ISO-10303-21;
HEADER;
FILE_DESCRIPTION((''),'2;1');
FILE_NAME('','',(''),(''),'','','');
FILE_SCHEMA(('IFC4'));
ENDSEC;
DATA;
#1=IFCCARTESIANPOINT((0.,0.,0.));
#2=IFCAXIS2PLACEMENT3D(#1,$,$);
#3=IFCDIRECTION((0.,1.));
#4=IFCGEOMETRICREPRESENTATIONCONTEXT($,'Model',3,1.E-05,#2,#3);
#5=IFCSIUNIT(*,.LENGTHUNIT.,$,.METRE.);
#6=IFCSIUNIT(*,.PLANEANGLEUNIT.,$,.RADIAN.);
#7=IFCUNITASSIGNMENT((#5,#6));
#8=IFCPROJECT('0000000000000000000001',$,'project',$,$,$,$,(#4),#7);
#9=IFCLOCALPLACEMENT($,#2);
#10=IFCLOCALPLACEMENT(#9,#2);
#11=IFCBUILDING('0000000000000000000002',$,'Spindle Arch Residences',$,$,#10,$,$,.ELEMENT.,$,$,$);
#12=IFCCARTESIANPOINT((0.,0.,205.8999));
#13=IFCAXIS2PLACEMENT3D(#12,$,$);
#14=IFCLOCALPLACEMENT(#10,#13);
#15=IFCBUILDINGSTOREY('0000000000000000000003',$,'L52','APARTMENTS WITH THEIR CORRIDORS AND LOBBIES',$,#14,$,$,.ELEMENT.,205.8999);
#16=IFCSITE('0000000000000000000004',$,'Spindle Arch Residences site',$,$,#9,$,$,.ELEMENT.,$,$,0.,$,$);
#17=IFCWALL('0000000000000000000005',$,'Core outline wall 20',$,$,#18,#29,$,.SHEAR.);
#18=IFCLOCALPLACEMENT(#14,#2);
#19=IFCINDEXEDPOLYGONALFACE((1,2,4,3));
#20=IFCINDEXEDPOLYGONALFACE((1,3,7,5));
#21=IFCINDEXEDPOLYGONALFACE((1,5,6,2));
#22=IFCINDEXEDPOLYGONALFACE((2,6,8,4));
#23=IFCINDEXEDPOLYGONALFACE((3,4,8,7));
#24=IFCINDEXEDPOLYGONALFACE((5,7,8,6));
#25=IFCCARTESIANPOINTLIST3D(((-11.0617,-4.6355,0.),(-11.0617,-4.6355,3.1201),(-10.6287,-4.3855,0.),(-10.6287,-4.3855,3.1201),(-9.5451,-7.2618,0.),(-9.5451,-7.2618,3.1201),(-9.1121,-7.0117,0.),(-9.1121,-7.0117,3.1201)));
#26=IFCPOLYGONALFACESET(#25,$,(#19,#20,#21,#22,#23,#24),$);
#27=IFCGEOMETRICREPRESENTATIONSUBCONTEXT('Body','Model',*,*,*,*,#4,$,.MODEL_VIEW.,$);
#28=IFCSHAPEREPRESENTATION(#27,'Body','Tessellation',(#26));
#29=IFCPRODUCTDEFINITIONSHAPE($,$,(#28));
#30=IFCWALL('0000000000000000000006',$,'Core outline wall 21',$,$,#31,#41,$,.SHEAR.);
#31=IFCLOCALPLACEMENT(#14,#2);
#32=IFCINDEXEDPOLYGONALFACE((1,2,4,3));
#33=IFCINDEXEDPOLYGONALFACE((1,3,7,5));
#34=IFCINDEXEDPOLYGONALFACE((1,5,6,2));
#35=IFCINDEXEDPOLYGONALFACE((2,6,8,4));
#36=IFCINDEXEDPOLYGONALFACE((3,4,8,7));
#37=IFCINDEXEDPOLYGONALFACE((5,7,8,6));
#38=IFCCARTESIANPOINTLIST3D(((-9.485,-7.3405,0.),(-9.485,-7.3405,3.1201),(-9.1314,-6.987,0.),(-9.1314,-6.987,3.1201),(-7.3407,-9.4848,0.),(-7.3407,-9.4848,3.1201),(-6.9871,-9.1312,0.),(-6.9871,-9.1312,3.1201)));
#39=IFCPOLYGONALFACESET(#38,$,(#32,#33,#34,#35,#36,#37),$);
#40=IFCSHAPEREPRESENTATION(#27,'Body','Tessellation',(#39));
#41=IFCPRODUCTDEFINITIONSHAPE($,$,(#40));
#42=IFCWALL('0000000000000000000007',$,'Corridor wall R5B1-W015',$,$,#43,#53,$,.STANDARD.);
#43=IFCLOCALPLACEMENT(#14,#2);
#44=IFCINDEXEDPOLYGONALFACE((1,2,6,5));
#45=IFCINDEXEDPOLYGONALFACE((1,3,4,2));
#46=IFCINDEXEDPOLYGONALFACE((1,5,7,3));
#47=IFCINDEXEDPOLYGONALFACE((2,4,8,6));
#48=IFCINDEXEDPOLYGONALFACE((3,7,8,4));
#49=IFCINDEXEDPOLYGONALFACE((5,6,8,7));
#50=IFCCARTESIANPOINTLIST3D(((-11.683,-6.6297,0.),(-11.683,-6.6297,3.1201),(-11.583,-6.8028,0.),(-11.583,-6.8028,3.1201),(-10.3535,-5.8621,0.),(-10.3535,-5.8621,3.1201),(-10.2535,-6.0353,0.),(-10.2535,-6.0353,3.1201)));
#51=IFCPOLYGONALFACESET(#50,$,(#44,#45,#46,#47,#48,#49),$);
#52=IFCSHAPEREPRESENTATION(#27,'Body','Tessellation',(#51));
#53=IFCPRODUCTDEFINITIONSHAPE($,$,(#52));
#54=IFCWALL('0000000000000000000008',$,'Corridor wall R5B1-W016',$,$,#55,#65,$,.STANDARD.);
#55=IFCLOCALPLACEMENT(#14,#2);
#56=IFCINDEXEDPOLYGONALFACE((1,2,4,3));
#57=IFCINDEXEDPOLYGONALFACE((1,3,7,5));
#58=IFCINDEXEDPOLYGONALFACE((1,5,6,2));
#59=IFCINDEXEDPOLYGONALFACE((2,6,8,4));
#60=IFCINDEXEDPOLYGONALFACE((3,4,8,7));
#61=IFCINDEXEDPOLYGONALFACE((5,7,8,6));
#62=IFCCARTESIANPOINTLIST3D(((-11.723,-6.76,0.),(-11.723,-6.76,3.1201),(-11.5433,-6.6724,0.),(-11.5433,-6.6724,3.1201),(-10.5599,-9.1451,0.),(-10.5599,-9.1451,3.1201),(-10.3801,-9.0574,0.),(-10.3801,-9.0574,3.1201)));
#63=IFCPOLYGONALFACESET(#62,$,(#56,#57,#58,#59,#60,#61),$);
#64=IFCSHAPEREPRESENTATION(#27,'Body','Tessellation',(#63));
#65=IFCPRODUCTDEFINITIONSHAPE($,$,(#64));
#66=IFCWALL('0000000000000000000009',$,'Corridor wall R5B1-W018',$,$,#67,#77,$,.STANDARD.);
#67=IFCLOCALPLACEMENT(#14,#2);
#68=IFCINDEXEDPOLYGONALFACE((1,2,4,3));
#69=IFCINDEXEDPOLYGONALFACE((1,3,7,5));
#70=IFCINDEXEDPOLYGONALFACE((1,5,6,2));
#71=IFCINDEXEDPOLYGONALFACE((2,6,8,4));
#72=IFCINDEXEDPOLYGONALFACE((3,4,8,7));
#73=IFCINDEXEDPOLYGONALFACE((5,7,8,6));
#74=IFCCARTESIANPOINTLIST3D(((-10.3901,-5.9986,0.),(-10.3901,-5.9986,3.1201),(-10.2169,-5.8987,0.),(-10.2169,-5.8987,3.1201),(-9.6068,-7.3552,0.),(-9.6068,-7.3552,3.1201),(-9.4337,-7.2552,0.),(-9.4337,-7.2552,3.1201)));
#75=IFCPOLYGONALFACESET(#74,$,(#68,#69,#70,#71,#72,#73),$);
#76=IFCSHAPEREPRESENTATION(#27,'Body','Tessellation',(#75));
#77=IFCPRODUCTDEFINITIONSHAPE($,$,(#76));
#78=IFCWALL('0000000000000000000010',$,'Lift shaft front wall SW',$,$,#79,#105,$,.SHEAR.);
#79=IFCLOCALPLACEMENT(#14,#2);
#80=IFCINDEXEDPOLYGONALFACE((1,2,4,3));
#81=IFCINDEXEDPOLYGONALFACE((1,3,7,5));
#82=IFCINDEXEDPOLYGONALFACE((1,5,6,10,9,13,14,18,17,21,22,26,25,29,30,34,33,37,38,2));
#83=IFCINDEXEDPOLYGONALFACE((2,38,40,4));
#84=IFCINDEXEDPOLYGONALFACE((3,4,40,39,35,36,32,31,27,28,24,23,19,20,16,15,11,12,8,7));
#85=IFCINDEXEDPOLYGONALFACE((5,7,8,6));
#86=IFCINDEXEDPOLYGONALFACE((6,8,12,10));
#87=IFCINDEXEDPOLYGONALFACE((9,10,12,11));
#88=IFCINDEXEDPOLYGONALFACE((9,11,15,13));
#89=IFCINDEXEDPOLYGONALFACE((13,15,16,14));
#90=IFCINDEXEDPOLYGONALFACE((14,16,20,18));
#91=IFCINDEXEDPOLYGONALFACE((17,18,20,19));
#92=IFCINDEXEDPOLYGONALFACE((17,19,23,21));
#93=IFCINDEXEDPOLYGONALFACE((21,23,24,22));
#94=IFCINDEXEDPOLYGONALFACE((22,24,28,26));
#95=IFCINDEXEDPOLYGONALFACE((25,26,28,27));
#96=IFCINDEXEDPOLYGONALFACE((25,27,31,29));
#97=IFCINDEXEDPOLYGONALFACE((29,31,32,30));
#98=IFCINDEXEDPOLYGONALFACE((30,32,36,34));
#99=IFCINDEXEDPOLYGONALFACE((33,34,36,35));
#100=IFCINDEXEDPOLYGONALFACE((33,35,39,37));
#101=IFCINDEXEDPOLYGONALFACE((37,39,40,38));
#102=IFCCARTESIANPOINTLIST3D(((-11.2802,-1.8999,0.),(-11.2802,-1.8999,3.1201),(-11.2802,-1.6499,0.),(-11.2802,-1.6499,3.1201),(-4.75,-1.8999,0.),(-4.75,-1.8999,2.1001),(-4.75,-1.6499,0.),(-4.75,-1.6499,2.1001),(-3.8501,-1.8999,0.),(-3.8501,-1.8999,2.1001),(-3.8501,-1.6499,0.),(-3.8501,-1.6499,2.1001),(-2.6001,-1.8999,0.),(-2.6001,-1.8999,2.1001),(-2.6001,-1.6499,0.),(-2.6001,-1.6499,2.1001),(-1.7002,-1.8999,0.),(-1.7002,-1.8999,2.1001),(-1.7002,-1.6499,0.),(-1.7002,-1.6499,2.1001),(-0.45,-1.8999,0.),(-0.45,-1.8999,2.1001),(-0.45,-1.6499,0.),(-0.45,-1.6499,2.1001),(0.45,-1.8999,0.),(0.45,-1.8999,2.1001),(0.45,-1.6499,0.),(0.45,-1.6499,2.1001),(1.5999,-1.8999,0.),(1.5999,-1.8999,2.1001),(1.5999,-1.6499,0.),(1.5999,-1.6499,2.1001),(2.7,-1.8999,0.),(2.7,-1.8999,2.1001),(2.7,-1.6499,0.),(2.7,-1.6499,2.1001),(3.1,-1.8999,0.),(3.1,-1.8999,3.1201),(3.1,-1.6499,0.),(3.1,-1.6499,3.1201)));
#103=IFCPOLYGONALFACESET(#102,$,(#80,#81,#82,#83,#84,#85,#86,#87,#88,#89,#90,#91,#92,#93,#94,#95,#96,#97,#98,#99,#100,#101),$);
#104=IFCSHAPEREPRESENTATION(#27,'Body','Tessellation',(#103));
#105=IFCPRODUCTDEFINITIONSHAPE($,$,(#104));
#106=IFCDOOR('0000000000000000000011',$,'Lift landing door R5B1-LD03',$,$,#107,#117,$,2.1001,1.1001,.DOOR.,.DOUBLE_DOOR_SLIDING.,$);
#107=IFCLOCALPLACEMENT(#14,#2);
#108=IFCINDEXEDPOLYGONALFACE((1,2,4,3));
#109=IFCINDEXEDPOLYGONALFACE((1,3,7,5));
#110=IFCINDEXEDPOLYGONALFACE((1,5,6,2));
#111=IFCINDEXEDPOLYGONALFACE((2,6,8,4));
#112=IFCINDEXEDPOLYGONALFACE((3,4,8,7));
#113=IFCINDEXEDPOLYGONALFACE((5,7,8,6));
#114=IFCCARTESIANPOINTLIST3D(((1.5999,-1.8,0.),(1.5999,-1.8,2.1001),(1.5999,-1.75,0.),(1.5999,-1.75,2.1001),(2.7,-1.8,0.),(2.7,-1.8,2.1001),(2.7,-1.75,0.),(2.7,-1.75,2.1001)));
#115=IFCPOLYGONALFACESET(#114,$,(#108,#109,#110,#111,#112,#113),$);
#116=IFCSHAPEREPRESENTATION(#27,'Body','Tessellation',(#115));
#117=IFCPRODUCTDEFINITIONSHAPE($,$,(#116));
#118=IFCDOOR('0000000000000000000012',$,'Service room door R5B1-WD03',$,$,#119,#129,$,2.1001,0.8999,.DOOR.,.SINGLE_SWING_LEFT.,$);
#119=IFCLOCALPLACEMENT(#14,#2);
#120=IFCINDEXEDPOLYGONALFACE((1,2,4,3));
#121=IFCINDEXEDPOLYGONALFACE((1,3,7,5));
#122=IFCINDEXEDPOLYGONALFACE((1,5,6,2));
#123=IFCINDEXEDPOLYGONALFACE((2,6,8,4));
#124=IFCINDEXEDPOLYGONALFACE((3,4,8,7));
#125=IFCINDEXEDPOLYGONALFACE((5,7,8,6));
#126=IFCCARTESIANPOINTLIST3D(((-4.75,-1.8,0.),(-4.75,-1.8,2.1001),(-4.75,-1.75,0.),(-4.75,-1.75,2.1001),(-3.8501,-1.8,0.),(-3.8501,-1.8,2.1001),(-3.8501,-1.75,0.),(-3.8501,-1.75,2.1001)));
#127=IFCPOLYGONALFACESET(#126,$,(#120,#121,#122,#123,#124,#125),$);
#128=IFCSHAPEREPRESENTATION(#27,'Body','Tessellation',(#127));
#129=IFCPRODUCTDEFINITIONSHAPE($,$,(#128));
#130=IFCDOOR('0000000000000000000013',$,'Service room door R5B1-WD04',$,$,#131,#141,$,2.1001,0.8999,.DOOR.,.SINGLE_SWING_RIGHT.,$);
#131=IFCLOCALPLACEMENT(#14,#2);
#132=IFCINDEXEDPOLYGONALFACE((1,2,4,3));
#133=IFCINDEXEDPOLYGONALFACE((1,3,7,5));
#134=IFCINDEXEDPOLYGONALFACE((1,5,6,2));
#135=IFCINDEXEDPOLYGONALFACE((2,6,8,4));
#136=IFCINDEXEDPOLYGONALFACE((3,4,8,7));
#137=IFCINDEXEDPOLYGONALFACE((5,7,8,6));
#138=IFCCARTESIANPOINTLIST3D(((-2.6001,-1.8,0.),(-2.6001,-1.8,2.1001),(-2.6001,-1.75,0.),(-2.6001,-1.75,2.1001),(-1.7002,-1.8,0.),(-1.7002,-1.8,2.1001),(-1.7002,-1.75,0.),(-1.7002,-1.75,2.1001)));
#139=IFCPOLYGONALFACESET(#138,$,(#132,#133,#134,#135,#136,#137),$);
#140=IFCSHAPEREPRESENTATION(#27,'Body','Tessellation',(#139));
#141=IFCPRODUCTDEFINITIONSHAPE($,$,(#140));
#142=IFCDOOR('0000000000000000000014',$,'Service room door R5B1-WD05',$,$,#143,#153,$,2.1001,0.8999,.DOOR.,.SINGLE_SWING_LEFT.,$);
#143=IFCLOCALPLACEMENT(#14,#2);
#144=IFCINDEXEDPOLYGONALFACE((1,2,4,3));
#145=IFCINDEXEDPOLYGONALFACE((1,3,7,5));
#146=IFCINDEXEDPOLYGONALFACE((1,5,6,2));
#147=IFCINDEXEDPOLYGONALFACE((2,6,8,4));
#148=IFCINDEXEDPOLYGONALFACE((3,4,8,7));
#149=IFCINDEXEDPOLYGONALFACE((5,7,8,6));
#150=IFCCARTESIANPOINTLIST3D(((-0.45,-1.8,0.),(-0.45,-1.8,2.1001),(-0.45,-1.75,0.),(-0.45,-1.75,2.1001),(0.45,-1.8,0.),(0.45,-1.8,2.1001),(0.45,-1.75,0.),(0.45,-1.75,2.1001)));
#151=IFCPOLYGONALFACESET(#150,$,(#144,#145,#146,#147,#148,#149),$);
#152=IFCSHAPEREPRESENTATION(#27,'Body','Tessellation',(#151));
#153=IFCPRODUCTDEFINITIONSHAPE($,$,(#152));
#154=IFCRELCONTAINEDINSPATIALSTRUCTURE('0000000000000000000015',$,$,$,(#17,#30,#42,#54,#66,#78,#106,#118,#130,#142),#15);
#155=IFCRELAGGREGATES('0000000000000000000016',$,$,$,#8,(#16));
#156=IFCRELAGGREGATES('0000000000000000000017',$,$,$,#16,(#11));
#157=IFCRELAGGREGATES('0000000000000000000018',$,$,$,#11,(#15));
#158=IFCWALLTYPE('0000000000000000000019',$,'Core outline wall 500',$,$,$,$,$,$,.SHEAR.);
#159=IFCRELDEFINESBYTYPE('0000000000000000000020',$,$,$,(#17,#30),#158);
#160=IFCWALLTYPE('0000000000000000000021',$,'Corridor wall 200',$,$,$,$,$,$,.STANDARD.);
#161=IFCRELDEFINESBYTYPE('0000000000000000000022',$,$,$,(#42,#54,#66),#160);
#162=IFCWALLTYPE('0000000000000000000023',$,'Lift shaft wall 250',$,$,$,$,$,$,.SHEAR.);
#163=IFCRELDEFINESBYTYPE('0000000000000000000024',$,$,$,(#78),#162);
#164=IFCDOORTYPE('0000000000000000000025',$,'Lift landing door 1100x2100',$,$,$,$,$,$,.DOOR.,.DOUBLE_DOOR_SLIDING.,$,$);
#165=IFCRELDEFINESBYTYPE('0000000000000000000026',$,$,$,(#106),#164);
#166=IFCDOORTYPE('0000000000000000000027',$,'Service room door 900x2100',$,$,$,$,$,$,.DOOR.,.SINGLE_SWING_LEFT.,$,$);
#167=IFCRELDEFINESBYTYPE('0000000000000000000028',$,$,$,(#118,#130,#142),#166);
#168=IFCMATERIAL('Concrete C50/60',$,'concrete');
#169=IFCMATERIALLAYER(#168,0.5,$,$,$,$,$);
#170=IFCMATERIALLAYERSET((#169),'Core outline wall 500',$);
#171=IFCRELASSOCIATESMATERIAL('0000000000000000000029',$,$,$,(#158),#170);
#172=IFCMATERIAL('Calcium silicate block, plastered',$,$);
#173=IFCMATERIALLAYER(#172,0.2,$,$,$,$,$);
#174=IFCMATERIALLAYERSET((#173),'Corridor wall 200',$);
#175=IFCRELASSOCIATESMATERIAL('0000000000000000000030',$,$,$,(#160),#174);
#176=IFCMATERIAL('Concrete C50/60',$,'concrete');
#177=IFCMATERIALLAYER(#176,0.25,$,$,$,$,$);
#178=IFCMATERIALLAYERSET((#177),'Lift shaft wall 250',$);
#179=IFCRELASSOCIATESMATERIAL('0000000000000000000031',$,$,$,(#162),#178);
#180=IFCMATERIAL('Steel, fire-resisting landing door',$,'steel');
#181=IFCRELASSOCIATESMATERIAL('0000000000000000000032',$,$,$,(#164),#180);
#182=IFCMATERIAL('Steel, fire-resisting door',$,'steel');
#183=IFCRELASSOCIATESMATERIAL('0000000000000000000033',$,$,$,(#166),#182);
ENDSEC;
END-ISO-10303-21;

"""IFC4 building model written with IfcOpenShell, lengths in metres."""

from ifc_helpers import new_model, si_unit, direction, frame, frame_2d, origin, place, context, subcontext, project, spatial, rectangle, extrude, material, layer, layer_set, type_object, element, fill, save


model = new_model("IFC4")

# Units and contexts
model_context = context("Model", 3, precision=1e-05, world=origin(), true_north=direction((0.0, 1.0)))
body_context = subcontext(model_context, "Body", "Model", "MODEL_VIEW")
ifc_project = project(units=[si_unit("LENGTHUNIT", "METRE"), si_unit("PLANEANGLEUNIT", "RADIAN")], contexts=[model_context])

# Site, building, storey
site_placement = place(None, origin())
site = spatial("IfcSite", under=ifc_project, at=site_placement, Name="Spindle Arch Residences site", CompositionType="ELEMENT", RefElevation=0.0)
building_placement = place(site_placement, origin())
building = spatial("IfcBuilding", under=site, at=building_placement, Name="Spindle Arch Residences", CompositionType="ELEMENT")
storey_placement = place(building_placement, frame((0.0, 0.0, 205.8999)))
storey = spatial("IfcBuildingStorey", under=building, at=storey_placement, Name="L52", Description="APARTMENTS WITH THEIR CORRIDORS AND LOBBIES", CompositionType="ELEMENT", Elevation=205.8999)

# Walls
ifc_material_1 = material(Name="Concrete C50/60", Category="concrete")
ifc_layer_1 = layer(ifc_material_1, 0.5)
ifc_layer_set_1 = layer_set([ifc_layer_1], Name="Core outline wall 500")
wall_type_1 = type_object("IfcWallType", Name="Core outline wall 500", PredefinedType="SHEAR", material=ifc_layer_set_1)
wall_1_placement = place(storey_placement, frame((-10.8452, -4.5105, 0.0), z_axis=(0.0, 0.0, 1.0), x_axis=(0.500087, -0.865975, 0.0)))
element("IfcWall", 1, at=wall_1_placement, inside=storey, type_object=wall_type_1, Name="Core outline wall 20", PredefinedType="SHEAR", context=body_context, shape_type="SweptSolid", body=[
    extrude(rectangle(XDim=3.0327, YDim=0.5, at=frame_2d((1.5164, 0.0))), origin(), (0.0, 0.0, 1.0), 3.1201),
])
wall_2_placement = place(storey_placement, frame((-9.3081, -7.1638, 0.0), z_axis=(0.0, 0.0, 1.0), x_axis=(0.707107, -0.707107, 0.0)))
element("IfcWall", 2, at=wall_2_placement, inside=storey, type_object=wall_type_1, Name="Core outline wall 21", PredefinedType="SHEAR", context=body_context, shape_type="SweptSolid", body=[
    extrude(rectangle(XDim=3.0325, YDim=0.5, at=frame_2d((1.5161, 0.0))), origin(), (0.0, 0.0, 1.0), 3.1201),
])
ifc_material_2 = material(Name="Calcium silicate block, plastered")
ifc_layer_2 = layer(ifc_material_2, 0.2)
ifc_layer_set_2 = layer_set([ifc_layer_2], Name="Corridor wall 200")
wall_type_2 = type_object("IfcWallType", Name="Corridor wall 200", PredefinedType="STANDARD", material=ifc_layer_set_2)
wall_3_placement = place(storey_placement, frame((-10.3035, -5.9487, 0.0), z_axis=(0.0, 0.0, 1.0), x_axis=(-0.866043, -0.49997, 0.0)))
element("IfcWall", 3, at=wall_3_placement, inside=storey, type_object=wall_type_2, Name="Corridor wall R5B1-W015", PredefinedType="STANDARD", context=body_context, shape_type="SweptSolid", body=[
    extrude(rectangle(XDim=1.5352, YDim=0.2, at=frame_2d((0.7676, 0.0))), origin(), (0.0, 0.0, 1.0), 3.1201),
])
wall_4_placement = place(storey_placement, frame((-11.6331, -6.7163, 0.0), z_axis=(0.0, 0.0, 1.0), x_axis=(0.438322, -0.898818, 0.0)))
element("IfcWall", 4, at=wall_4_placement, inside=storey, type_object=wall_type_2, Name="Corridor wall R5B1-W016", PredefinedType="STANDARD", context=body_context, shape_type="SweptSolid", body=[
    extrude(rectangle(XDim=2.6536, YDim=0.2, at=frame_2d((1.3267, 0.0))), origin(), (0.0, 0.0, 1.0), 3.1201),
])
wall_5_placement = place(storey_placement, frame((-9.5203, -7.3052, 0.0), z_axis=(0.0, 0.0, 1.0), x_axis=(-0.500028, 0.866009, 0.0)))
element("IfcWall", 5, at=wall_5_placement, inside=storey, type_object=wall_type_2, Name="Corridor wall R5B1-W018", PredefinedType="STANDARD", context=body_context, shape_type="SweptSolid", body=[
    extrude(rectangle(XDim=1.5664, YDim=0.2, at=frame_2d((0.7832, 0.0))), origin(), (0.0, 0.0, 1.0), 3.1201),
])

# Wall, openings, doors
ifc_material_3 = material(Name="Concrete C50/60", Category="concrete")
ifc_layer_3 = layer(ifc_material_3, 0.25)
ifc_layer_set_3 = layer_set([ifc_layer_3], Name="Lift shaft wall 250")
wall_type_3 = type_object("IfcWallType", Name="Lift shaft wall 250", PredefinedType="SHEAR", material=ifc_layer_set_3)
wall_6_placement = place(storey_placement, frame((-11.28, -1.7749, 0.0), z_axis=(0.0, 0.0, 1.0), x_axis=(1.0, 0.0, 0.0)))
wall_6 = element("IfcWall", 6, at=wall_6_placement, inside=storey, type_object=wall_type_3, Name="Lift shaft front wall SW", PredefinedType="SHEAR", context=body_context, shape_type="SweptSolid", body=[
    extrude(rectangle(XDim=14.3801, YDim=0.25, at=frame_2d((7.1899, 0.0))), origin(), (0.0, 0.0, 1.0), 3.1201),
])
opening_1_placement = place(wall_6_placement, frame((12.8799, 0.0, 0.0)))
opening_1 = element("IfcOpeningElement", 7, at=opening_1_placement, cuts=wall_6, PredefinedType="OPENING", context=body_context, shape_type="SweptSolid", body=[
    extrude(rectangle(XDim=1.1001, YDim=2.1001, at=frame_2d((0.55, 1.05))), frame((0.0, 0.135, 0.0), z_axis=(0.0, -1.0, 0.0), x_axis=(1.0, 0.0, 0.0)), (0.0, 0.0, 1.0), 0.27),
])
opening_2_placement = place(wall_6_placement, frame((6.53, 0.0, 0.0)))
opening_2 = element("IfcOpeningElement", 8, at=opening_2_placement, cuts=wall_6, PredefinedType="OPENING", context=body_context, shape_type="SweptSolid", body=[
    extrude(rectangle(XDim=0.8999, YDim=2.1001, at=frame_2d((0.45, 1.05))), frame((0.0, 0.135, 0.0), z_axis=(0.0, -1.0, 0.0), x_axis=(1.0, 0.0, 0.0)), (0.0, 0.0, 1.0), 0.27),
])
opening_3_placement = place(wall_6_placement, frame((8.6799, 0.0, 0.0)))
opening_3 = element("IfcOpeningElement", 9, at=opening_3_placement, cuts=wall_6, PredefinedType="OPENING", context=body_context, shape_type="SweptSolid", body=[
    extrude(rectangle(XDim=0.8999, YDim=2.1001, at=frame_2d((0.45, 1.05))), frame((0.0, 0.135, 0.0), z_axis=(0.0, -1.0, 0.0), x_axis=(1.0, 0.0, 0.0)), (0.0, 0.0, 1.0), 0.27),
])
opening_4_placement = place(wall_6_placement, frame((10.8301, 0.0, 0.0)))
opening_4 = element("IfcOpeningElement", 10, at=opening_4_placement, cuts=wall_6, PredefinedType="OPENING", context=body_context, shape_type="SweptSolid", body=[
    extrude(rectangle(XDim=0.8999, YDim=2.1001, at=frame_2d((0.45, 1.05))), frame((0.0, 0.135, 0.0), z_axis=(0.0, -1.0, 0.0), x_axis=(1.0, 0.0, 0.0)), (0.0, 0.0, 1.0), 0.27),
])
ifc_material_4 = material(Name="Steel, fire-resisting landing door", Category="steel")
door_type_1 = type_object("IfcDoorType", Name="Lift landing door 1100x2100", OperationType="DOUBLE_DOOR_SLIDING", PredefinedType="DOOR", material=ifc_material_4)
door_1_placement = place(opening_1_placement, origin())
door_1 = element("IfcDoor", 11, at=door_1_placement, inside=storey, type_object=door_type_1, Name="Lift landing door R5B1-LD03", OperationType="DOUBLE_DOOR_SLIDING", OverallHeight=2.1001, OverallWidth=1.1001, PredefinedType="DOOR", context=body_context, shape_type="SweptSolid", body=[
    extrude(rectangle(XDim=1.1001, YDim=2.1001, at=frame_2d((0.55, 1.05))), frame((0.0, 0.0249, 0.0), z_axis=(0.0, -1.0, 0.0), x_axis=(1.0, 0.0, 0.0)), (0.0, 0.0, 1.0), 0.05),
])
fill(opening_1, door_1)
ifc_material_5 = material(Name="Steel, fire-resisting door", Category="steel")
door_type_2 = type_object("IfcDoorType", Name="Service room door 900x2100", OperationType="SINGLE_SWING_LEFT", PredefinedType="DOOR", material=ifc_material_5)
door_2_placement = place(opening_2_placement, origin())
door_2 = element("IfcDoor", 12, at=door_2_placement, inside=storey, type_object=door_type_2, Name="Service room door R5B1-WD03", OperationType="SINGLE_SWING_LEFT", OverallHeight=2.1001, OverallWidth=0.8999, PredefinedType="DOOR", context=body_context, shape_type="SweptSolid", body=[
    extrude(rectangle(XDim=0.8999, YDim=2.1001, at=frame_2d((0.45, 1.05))), frame((0.0, 0.0249, 0.0), z_axis=(0.0, -1.0, 0.0), x_axis=(1.0, 0.0, 0.0)), (0.0, 0.0, 1.0), 0.05),
])
fill(opening_2, door_2)
door_3_placement = place(opening_3_placement, origin())
door_3 = element("IfcDoor", 13, at=door_3_placement, inside=storey, type_object=door_type_2, Name="Service room door R5B1-WD04", OperationType="SINGLE_SWING_RIGHT", OverallHeight=2.1001, OverallWidth=0.8999, PredefinedType="DOOR", context=body_context, shape_type="SweptSolid", body=[
    extrude(rectangle(XDim=0.8999, YDim=2.1001, at=frame_2d((0.45, 1.05))), frame((0.0, 0.0249, 0.0), z_axis=(0.0, -1.0, 0.0), x_axis=(1.0, 0.0, 0.0)), (0.0, 0.0, 1.0), 0.05),
])
fill(opening_3, door_3)
door_4_placement = place(opening_4_placement, origin())
door_4 = element("IfcDoor", 14, at=door_4_placement, inside=storey, type_object=door_type_2, Name="Service room door R5B1-WD05", OperationType="SINGLE_SWING_LEFT", OverallHeight=2.1001, OverallWidth=0.8999, PredefinedType="DOOR", context=body_context, shape_type="SweptSolid", body=[
    extrude(rectangle(XDim=0.8999, YDim=2.1001, at=frame_2d((0.45, 1.05))), frame((0.0, 0.0249, 0.0), z_axis=(0.0, -1.0, 0.0), x_axis=(1.0, 0.0, 0.0)), (0.0, 0.0, 1.0), 0.05),
])
fill(opening_4, door_4)

save(model, "model.ifc")
